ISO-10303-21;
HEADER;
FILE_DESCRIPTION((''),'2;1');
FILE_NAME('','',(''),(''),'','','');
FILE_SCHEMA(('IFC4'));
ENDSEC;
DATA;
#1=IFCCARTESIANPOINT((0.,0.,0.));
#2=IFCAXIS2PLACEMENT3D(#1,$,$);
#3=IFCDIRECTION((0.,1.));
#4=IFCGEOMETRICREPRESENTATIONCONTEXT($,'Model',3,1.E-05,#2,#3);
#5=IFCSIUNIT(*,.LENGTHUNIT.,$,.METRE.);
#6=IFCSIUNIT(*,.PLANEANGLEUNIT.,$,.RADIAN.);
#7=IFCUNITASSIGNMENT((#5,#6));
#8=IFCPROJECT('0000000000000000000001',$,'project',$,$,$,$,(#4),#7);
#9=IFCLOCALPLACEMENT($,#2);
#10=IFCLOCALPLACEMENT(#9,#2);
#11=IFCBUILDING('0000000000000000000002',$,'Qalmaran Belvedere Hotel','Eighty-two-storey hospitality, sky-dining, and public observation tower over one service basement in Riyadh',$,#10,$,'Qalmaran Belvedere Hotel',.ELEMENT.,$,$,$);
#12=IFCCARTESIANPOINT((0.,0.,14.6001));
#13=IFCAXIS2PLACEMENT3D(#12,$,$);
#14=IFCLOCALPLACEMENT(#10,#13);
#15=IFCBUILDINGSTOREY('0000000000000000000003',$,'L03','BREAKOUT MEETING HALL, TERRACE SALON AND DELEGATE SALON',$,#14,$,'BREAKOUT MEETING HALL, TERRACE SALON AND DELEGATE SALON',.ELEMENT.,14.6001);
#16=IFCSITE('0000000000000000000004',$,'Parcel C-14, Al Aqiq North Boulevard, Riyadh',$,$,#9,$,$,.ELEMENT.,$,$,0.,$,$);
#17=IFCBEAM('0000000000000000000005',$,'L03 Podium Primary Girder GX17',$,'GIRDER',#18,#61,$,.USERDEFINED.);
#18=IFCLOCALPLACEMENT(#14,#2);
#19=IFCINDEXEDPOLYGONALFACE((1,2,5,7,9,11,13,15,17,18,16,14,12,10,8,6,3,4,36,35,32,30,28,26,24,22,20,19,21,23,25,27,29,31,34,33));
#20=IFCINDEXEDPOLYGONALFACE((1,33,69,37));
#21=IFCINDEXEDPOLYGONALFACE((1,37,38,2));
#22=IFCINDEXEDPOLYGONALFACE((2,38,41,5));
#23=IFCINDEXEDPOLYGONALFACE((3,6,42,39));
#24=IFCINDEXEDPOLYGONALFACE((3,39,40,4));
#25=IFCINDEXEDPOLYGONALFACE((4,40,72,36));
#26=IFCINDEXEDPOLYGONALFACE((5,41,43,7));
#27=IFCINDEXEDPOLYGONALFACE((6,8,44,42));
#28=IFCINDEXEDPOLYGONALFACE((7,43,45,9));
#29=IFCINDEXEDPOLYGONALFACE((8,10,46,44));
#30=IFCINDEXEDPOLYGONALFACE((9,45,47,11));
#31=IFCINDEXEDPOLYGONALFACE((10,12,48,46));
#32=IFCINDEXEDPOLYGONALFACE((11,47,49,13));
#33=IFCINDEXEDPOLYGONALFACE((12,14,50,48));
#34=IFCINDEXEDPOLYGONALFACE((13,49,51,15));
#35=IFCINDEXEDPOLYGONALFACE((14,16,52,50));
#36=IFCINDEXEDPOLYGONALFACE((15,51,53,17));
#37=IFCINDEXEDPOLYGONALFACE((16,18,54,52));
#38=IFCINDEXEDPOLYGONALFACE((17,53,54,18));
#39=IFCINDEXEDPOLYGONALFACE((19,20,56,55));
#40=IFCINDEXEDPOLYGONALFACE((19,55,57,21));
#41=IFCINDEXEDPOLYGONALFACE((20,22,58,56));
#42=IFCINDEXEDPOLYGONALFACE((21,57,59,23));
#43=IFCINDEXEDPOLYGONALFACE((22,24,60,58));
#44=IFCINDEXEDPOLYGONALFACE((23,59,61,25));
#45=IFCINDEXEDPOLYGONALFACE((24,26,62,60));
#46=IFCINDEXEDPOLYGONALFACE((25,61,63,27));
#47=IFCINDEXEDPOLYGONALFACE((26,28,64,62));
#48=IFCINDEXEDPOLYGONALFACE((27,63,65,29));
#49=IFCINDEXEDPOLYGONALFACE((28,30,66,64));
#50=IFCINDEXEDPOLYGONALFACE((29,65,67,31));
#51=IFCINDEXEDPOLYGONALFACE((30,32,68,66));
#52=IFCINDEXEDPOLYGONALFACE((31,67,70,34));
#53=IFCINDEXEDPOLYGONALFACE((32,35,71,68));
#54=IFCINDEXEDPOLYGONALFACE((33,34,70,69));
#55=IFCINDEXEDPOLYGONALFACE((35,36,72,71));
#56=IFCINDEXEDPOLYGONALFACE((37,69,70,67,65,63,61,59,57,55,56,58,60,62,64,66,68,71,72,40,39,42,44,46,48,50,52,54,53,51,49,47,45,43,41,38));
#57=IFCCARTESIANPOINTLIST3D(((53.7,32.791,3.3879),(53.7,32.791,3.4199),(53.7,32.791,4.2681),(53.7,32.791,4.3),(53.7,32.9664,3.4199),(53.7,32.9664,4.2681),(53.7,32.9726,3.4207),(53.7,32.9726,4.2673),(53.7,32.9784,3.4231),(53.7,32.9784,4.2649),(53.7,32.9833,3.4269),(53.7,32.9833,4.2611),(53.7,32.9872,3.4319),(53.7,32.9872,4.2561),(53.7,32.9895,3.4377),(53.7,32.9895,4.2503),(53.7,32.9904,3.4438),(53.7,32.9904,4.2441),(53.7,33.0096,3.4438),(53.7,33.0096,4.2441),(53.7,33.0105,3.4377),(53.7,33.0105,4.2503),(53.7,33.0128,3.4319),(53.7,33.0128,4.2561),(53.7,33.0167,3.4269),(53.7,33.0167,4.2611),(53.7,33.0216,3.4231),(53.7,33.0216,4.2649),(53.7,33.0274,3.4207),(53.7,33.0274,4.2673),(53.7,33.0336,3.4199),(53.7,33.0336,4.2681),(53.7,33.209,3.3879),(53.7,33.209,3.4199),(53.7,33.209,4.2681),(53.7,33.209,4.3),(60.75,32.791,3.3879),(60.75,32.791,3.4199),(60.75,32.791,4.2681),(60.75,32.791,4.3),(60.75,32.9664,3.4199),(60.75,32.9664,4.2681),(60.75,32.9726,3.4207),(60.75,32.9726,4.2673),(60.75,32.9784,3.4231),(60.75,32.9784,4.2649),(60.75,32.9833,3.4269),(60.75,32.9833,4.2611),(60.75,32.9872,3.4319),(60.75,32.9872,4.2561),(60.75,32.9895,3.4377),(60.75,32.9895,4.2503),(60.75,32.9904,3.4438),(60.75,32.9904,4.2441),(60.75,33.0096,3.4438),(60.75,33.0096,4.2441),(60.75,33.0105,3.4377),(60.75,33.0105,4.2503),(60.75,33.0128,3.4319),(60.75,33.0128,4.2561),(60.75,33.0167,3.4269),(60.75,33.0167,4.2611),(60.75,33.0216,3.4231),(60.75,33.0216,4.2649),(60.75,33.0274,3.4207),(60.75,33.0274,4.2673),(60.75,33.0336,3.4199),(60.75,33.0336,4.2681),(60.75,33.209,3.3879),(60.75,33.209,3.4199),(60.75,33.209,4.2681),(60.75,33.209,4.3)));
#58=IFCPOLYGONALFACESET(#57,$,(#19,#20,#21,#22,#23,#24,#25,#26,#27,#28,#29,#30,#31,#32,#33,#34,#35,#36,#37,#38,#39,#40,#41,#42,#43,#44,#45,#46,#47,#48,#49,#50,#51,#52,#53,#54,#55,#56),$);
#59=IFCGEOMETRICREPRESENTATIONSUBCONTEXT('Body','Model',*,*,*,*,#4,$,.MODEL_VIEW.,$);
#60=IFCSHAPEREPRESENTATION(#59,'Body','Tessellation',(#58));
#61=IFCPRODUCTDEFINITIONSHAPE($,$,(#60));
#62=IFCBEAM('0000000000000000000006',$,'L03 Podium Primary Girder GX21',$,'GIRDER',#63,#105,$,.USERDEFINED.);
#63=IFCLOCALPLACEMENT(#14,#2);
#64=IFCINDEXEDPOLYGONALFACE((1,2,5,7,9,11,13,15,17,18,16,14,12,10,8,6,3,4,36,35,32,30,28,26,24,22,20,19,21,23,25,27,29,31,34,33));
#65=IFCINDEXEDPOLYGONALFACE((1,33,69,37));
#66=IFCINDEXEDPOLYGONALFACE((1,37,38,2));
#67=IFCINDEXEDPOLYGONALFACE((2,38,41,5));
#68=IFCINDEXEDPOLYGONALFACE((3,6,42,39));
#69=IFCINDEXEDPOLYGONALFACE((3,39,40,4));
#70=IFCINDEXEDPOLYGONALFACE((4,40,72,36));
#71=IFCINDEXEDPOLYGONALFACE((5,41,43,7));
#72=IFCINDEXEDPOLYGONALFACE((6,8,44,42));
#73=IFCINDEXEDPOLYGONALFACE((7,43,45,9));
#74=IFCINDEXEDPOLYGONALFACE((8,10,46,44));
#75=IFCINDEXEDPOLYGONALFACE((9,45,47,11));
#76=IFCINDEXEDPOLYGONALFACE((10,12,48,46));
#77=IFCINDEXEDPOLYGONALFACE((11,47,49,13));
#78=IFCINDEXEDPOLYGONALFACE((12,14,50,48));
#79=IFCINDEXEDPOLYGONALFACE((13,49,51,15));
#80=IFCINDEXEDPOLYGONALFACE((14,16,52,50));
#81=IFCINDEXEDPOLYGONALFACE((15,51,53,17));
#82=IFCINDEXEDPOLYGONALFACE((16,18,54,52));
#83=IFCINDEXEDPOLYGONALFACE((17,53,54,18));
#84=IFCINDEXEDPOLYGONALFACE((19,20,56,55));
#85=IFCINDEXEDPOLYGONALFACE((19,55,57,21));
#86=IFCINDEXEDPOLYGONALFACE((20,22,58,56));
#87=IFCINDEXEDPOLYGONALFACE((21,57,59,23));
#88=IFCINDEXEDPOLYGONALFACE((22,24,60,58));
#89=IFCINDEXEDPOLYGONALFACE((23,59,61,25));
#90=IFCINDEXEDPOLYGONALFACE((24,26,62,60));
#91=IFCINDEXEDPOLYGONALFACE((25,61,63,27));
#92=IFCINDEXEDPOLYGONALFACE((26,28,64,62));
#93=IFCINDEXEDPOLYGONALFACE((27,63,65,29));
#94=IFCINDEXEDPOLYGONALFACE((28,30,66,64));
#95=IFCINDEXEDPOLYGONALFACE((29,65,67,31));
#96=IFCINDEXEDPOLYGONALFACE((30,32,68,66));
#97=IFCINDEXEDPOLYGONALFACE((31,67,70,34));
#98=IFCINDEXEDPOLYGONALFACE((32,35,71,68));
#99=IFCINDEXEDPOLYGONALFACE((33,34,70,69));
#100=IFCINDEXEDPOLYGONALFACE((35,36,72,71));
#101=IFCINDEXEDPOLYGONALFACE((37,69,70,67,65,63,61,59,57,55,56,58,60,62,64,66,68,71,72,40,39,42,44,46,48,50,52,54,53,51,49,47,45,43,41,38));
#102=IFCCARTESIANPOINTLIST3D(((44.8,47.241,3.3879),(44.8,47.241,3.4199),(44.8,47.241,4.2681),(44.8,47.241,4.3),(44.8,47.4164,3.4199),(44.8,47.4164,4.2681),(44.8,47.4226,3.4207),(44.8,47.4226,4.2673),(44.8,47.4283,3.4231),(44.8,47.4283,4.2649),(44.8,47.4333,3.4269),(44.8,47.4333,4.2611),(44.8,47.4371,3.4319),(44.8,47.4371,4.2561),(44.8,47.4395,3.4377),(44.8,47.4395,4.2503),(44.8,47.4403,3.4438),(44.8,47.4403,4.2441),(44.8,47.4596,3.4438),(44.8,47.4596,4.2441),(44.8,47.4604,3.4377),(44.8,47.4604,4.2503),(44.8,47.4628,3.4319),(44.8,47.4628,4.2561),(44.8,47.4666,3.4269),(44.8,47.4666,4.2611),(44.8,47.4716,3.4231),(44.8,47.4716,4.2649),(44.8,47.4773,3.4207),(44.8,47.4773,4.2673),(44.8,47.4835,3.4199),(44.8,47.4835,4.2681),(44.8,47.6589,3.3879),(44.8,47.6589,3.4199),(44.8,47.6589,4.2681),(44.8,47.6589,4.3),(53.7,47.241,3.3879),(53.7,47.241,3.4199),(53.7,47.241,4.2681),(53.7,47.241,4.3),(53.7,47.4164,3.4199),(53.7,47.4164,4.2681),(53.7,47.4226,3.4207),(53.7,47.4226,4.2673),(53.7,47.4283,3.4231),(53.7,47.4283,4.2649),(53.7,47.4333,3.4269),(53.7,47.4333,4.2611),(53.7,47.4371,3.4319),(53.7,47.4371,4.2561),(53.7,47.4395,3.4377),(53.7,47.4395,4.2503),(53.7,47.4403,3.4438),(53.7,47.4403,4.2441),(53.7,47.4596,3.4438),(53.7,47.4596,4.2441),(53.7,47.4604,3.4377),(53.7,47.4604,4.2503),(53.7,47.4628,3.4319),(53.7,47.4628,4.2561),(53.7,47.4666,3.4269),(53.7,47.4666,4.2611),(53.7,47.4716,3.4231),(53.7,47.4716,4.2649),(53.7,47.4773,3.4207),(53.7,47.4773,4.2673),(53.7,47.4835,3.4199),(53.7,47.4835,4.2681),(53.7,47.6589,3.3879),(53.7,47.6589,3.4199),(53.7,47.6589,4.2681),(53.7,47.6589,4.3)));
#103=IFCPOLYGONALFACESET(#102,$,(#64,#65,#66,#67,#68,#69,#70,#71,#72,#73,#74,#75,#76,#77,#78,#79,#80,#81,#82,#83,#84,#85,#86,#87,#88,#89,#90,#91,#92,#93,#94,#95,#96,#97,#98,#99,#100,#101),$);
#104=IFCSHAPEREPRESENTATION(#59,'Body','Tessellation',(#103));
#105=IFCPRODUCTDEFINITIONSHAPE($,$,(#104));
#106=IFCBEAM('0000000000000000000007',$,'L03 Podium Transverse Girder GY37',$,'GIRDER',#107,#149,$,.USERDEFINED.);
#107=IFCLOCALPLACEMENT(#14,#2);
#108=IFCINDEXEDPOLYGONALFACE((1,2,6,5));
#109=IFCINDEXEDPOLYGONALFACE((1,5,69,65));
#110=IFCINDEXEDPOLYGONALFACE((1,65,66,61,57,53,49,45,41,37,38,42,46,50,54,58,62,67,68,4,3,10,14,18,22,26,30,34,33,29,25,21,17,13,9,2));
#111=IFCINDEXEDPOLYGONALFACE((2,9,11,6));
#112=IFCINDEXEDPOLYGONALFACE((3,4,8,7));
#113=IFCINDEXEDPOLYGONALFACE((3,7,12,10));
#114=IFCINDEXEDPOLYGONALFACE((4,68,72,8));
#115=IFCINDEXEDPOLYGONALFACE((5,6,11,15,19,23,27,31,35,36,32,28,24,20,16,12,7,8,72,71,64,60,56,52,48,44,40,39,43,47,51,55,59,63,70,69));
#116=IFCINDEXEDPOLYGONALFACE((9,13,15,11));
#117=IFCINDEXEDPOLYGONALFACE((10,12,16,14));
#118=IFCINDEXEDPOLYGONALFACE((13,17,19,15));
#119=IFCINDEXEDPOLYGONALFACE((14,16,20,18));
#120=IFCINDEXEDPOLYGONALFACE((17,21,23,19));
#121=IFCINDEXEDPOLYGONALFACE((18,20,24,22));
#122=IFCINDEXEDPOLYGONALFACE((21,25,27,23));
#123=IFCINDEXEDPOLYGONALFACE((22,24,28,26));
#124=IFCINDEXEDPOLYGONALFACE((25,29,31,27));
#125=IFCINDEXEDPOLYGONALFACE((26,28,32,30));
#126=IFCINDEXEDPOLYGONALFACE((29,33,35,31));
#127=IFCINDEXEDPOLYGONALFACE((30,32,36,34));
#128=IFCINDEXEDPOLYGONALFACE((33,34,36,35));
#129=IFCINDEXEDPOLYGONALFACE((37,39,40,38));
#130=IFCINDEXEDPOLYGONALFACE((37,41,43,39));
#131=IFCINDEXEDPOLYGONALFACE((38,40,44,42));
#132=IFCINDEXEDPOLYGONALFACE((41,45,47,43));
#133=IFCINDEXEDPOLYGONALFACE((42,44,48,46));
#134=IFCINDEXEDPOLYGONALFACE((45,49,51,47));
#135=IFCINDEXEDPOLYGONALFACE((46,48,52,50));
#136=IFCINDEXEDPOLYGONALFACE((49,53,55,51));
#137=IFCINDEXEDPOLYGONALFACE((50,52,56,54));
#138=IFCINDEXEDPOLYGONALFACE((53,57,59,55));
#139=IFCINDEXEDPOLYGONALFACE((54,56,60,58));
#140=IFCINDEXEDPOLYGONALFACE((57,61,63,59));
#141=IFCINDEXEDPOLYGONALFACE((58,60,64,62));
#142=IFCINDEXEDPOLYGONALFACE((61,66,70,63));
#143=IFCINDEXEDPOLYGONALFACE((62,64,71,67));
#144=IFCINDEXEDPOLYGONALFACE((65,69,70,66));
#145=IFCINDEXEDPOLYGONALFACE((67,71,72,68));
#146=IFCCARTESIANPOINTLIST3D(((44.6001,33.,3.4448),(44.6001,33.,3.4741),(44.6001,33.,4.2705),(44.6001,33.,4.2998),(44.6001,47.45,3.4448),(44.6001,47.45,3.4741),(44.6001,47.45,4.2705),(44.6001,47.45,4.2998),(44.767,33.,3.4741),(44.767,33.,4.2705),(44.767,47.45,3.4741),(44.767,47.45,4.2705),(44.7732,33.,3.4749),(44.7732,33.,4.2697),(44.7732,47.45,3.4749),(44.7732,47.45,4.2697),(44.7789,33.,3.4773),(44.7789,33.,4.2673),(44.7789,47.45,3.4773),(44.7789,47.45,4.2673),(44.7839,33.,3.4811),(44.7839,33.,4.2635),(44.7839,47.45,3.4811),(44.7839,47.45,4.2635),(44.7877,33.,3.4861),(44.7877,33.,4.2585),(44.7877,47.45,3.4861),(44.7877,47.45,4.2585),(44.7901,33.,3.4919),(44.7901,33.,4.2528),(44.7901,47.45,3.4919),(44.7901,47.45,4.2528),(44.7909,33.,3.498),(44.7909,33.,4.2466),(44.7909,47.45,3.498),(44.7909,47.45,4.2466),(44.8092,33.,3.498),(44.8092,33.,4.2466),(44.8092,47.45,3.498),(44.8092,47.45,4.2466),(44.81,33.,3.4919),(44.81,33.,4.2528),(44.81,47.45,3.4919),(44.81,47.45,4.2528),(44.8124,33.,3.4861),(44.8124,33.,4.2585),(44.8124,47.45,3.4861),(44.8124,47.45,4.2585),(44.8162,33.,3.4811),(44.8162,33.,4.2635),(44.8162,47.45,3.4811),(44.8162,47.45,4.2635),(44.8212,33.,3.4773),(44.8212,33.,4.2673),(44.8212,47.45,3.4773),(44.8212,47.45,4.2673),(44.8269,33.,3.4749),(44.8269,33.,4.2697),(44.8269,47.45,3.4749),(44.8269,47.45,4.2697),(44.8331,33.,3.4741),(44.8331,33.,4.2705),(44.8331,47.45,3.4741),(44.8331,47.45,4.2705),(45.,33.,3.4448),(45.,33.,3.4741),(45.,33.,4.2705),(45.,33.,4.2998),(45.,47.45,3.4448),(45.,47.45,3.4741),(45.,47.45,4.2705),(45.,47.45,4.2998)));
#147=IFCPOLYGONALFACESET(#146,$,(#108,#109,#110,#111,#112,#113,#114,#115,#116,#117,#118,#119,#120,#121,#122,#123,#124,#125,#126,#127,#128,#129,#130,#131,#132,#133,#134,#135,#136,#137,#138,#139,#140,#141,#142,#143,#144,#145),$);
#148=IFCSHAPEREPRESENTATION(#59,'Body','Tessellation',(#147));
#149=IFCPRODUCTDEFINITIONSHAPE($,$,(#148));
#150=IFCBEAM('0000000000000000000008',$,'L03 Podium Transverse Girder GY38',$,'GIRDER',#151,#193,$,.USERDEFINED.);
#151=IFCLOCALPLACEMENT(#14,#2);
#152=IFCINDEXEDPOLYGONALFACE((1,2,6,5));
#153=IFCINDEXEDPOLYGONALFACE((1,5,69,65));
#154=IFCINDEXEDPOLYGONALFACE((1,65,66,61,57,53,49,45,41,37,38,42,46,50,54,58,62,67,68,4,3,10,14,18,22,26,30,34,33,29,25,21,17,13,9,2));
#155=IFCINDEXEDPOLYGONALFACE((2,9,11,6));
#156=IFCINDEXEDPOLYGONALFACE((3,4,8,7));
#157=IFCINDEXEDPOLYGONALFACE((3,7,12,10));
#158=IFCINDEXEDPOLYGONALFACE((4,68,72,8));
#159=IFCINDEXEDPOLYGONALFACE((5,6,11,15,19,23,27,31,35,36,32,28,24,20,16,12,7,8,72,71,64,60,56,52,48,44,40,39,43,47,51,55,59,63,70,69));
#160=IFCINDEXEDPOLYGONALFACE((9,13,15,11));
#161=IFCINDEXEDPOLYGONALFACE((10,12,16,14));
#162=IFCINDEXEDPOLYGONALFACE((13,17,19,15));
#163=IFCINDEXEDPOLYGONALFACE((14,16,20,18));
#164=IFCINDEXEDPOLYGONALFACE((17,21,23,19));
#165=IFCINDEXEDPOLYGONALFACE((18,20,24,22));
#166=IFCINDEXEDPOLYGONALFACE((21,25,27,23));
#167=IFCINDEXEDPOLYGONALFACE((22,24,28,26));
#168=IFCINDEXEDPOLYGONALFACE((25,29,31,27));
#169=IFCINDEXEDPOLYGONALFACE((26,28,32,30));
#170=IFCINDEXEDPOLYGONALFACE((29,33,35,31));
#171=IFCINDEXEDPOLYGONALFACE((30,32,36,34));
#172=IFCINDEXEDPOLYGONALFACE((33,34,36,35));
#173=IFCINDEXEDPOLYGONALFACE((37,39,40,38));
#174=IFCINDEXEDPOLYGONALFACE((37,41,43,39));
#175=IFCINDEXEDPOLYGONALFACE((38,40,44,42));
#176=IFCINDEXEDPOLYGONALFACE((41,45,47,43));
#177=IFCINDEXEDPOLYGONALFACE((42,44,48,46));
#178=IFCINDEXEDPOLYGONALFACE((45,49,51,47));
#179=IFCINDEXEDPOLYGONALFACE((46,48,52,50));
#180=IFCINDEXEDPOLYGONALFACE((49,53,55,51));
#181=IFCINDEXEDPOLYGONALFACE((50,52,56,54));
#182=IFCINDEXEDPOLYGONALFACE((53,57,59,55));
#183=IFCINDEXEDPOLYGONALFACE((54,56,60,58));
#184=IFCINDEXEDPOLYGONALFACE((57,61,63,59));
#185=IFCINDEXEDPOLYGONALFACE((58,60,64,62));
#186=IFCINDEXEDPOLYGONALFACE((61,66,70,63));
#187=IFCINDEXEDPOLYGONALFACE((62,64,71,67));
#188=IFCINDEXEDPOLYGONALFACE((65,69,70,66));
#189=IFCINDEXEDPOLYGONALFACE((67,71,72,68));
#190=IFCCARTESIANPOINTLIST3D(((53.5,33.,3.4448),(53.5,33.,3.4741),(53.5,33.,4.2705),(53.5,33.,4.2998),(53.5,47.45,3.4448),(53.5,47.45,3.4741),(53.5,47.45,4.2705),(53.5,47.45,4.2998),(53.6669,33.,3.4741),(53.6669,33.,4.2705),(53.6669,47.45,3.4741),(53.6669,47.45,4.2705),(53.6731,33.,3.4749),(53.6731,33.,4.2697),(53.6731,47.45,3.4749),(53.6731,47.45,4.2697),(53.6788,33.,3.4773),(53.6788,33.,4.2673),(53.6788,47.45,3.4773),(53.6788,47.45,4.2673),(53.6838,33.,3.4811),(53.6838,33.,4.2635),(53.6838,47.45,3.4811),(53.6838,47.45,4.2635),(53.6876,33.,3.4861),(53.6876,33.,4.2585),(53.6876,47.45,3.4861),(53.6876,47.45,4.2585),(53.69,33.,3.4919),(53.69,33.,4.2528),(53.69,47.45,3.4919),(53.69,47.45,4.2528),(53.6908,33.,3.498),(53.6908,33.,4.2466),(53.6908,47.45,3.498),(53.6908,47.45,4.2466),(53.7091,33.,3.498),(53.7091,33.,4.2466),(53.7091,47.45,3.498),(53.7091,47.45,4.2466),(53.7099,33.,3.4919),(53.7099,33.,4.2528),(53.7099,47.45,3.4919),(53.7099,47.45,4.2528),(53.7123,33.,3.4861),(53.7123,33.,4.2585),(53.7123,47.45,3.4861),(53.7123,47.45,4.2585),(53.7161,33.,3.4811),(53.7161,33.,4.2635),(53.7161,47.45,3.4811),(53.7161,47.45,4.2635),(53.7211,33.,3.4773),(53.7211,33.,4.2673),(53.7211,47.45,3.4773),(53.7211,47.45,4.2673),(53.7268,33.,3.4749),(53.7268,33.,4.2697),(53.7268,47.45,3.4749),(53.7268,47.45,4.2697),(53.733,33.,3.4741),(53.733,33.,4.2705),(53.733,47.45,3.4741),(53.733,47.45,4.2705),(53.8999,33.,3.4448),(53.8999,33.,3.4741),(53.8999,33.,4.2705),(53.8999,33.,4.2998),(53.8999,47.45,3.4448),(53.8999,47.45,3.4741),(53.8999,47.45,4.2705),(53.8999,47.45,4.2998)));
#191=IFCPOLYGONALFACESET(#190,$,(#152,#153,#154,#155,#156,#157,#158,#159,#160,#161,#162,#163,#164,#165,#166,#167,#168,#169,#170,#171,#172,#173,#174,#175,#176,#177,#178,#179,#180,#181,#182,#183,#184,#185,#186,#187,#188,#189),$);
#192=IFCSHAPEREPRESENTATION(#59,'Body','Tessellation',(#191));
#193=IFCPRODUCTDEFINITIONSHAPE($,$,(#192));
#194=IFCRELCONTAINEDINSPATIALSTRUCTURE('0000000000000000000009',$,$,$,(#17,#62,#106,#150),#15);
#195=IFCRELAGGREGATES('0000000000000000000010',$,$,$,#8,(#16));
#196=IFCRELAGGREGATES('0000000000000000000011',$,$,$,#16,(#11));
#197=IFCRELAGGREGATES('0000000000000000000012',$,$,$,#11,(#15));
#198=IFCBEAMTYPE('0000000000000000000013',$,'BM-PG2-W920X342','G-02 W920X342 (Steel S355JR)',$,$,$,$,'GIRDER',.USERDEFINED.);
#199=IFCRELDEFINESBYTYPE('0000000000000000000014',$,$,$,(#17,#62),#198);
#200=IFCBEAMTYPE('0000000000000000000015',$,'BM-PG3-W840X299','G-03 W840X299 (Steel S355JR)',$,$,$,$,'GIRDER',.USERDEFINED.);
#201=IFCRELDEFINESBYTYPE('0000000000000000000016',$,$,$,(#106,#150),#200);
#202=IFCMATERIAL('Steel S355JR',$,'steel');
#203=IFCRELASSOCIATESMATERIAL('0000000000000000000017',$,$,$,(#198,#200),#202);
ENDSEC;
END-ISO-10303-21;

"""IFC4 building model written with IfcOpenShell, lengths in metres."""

from ifc_helpers import new_model, si_unit, direction, frame, origin, origin_2d, place, context, subcontext, project, spatial, i_section, extrude, material, material_profile, profile_set, type_object, element, save


model = new_model("IFC4")

# Units and contexts
model_context = context("Model", 3, precision=1e-05, world=origin(), true_north=direction((0.0, 1.0)))
body_context = subcontext(model_context, "Body", "Model", "MODEL_VIEW")
ifc_project = project(units=[si_unit("LENGTHUNIT", "METRE"), si_unit("PLANEANGLEUNIT", "RADIAN")], contexts=[model_context])

# Site, building, storey
site_placement = place(None, origin())
site = spatial("IfcSite", under=ifc_project, at=site_placement, Name="Parcel C-14, Al Aqiq North Boulevard, Riyadh", CompositionType="ELEMENT", RefElevation=0.0)
building_placement = place(site_placement, origin())
building = spatial("IfcBuilding", under=site, at=building_placement, Name="Qalmaran Belvedere Hotel", Description="Eighty-two-storey hospitality, sky-dining, and public observation tower over one service basement in Riyadh", LongName="Qalmaran Belvedere Hotel", CompositionType="ELEMENT")
storey_placement = place(building_placement, frame((0.0, 0.0, 14.6001)))
storey = spatial("IfcBuildingStorey", under=building, at=storey_placement, Name="L03", Description="BREAKOUT MEETING HALL, TERRACE SALON AND DELEGATE SALON", LongName="BREAKOUT MEETING HALL, TERRACE SALON AND DELEGATE SALON", CompositionType="ELEMENT", Elevation=14.6001)

# Beams
ifc_material_1 = material(Name="Steel S355JR", Category="steel")
ifc_material_profile_1 = material_profile(ifc_material_1, i_section(OverallWidth=0.418, OverallDepth=0.9121, WebThickness=0.0193, FlangeThickness=0.032, FilletRadius=0.0239, at=origin_2d()), Name="W920X342")
ifc_profile_set_1 = profile_set([ifc_material_profile_1], Name="Steel S355JR")
beam_type_1 = type_object("IfcBeamType", Name="BM-PG2-W920X342", Description="G-02 W920X342 (Steel S355JR)", ElementType="GIRDER", PredefinedType="USERDEFINED", material=ifc_profile_set_1)
beam_1_placement = place(storey_placement, frame((53.7, 33.0, 3.844), z_axis=(1.0, 0.0, 0.0), x_axis=(0.0, 1.0, 0.0)))
element("IfcBeam", 1, at=beam_1_placement, inside=storey, type_object=beam_type_1, Name="L03 Podium Primary Girder GX17", ObjectType="GIRDER", PredefinedType="USERDEFINED", context=body_context, shape_type="SweptSolid", body=[
    extrude(i_section(OverallWidth=0.418, OverallDepth=0.9121, WebThickness=0.0193, FlangeThickness=0.032, FilletRadius=0.0239, at=origin_2d()), origin(), (0.0, 0.0, 1.0), 7.05),
])
beam_2_placement = place(storey_placement, frame((44.8, 47.45, 3.844), z_axis=(1.0, 0.0, 0.0), x_axis=(0.0, 1.0, 0.0)))
element("IfcBeam", 2, at=beam_2_placement, inside=storey, type_object=beam_type_1, Name="L03 Podium Primary Girder GX21", ObjectType="GIRDER", PredefinedType="USERDEFINED", context=body_context, shape_type="SweptSolid", body=[
    extrude(i_section(OverallWidth=0.418, OverallDepth=0.9121, WebThickness=0.0193, FlangeThickness=0.032, FilletRadius=0.0239, at=origin_2d()), origin(), (0.0, 0.0, 1.0), 8.8999),
])
ifc_material_profile_2 = material_profile(ifc_material_1, i_section(OverallWidth=0.3999, OverallDepth=0.855, WebThickness=0.0183, FlangeThickness=0.0293, FilletRadius=0.0239, at=origin_2d()), Name="W840X299")
ifc_profile_set_2 = profile_set([ifc_material_profile_2], Name="Steel S355JR")
beam_type_2 = type_object("IfcBeamType", Name="BM-PG3-W840X299", Description="G-03 W840X299 (Steel S355JR)", ElementType="GIRDER", PredefinedType="USERDEFINED", material=ifc_profile_set_2)
for number, where, z_axis, x_axis, name in (
    (3, (44.8, 33.0, 3.8723), (0.0, 1.0, 0.0), (-1.0, 0.0, 0.0), "L03 Podium Transverse Girder GY37"),
    (4, (53.7, 33.0, 3.8723), (0.0, 1.0, 0.0), (-1.0, 0.0, 0.0), "L03 Podium Transverse Girder GY38"),
):
    element("IfcBeam", number, at=place(storey_placement, frame(where, z_axis=z_axis, x_axis=x_axis)), inside=storey, type_object=beam_type_2, Name=name, ObjectType="GIRDER", PredefinedType="USERDEFINED", context=body_context, shape_type="SweptSolid", body=[
        extrude(i_section(OverallWidth=0.3999, OverallDepth=0.855, WebThickness=0.0183, FlangeThickness=0.0293, FilletRadius=0.0239, at=origin_2d()), origin(), (0.0, 0.0, 1.0), 14.45),
    ])

save(model, "model.ifc")
